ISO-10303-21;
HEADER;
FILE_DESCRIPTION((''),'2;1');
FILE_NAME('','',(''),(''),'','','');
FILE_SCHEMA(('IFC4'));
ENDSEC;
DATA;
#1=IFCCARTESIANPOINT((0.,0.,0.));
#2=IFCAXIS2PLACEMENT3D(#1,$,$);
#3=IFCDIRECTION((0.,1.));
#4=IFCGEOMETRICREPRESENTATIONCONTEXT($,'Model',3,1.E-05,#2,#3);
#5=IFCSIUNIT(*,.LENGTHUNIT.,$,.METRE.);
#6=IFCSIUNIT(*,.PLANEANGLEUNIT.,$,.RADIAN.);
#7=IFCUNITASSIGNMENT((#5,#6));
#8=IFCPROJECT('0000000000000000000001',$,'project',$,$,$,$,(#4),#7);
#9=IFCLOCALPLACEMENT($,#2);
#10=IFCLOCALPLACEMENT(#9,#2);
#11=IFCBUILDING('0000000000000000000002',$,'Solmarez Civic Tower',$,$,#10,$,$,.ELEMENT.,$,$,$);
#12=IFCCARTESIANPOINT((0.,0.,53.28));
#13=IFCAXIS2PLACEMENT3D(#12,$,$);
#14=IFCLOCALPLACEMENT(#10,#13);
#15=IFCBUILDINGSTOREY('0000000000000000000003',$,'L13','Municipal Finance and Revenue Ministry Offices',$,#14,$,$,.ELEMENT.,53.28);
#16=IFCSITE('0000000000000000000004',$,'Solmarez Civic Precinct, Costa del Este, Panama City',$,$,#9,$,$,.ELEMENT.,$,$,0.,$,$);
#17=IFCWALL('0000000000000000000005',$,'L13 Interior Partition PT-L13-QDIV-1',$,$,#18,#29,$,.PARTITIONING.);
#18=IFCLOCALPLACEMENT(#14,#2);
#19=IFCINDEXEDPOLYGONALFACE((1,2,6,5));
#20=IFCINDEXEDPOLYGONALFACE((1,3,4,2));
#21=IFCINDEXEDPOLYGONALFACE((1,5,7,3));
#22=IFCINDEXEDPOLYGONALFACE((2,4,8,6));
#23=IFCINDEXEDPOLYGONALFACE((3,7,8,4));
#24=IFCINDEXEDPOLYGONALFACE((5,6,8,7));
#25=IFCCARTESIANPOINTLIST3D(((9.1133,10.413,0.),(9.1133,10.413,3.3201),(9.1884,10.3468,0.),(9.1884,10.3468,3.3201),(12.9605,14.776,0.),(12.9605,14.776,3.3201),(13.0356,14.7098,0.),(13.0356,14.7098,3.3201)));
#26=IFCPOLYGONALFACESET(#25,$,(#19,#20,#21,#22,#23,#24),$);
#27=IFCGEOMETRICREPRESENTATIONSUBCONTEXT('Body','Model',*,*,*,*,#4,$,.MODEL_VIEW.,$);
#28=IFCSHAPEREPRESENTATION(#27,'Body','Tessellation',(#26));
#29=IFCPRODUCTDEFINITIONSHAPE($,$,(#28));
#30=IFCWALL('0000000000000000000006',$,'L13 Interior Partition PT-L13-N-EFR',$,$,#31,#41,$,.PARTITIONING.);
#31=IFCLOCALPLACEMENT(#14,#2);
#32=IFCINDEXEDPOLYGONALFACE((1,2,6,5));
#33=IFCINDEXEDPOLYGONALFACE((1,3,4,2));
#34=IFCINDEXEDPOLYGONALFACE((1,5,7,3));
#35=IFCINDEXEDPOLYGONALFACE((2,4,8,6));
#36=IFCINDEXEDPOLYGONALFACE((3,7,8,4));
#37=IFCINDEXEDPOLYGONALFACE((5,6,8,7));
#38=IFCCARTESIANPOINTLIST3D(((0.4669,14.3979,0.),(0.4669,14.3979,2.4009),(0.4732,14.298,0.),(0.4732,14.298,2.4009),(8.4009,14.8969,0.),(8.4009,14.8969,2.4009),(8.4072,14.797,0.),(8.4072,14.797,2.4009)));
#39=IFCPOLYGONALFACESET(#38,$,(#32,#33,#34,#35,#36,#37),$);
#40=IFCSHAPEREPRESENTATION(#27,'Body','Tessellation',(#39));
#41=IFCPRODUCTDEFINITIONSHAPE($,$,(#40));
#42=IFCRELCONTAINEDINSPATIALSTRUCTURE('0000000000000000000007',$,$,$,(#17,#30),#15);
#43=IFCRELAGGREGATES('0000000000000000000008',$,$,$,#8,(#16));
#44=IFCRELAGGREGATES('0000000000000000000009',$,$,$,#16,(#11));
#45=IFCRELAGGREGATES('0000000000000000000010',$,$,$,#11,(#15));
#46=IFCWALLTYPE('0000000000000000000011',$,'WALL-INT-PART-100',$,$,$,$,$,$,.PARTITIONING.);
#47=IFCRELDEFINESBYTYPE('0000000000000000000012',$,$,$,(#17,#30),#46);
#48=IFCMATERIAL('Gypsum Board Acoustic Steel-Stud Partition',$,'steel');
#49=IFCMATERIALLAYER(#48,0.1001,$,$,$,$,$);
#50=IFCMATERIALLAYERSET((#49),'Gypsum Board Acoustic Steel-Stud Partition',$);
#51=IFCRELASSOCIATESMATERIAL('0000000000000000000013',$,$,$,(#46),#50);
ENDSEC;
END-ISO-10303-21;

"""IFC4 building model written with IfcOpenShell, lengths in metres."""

from ifc_helpers import new_model, si_unit, direction, frame, frame_2d, origin, place, context, subcontext, project, spatial, rectangle, extrude, material, layer, layer_set, type_object, element, save


model = new_model("IFC4")

# Units and contexts
model_context = context("Model", 3, precision=1e-05, world=origin(), true_north=direction((0.0, 1.0)))
body_context = subcontext(model_context, "Body", "Model", "MODEL_VIEW")
ifc_project = project(units=[si_unit("LENGTHUNIT", "METRE"), si_unit("PLANEANGLEUNIT", "RADIAN")], contexts=[model_context])

# Site, building, storey
site_placement = place(None, origin())
site = spatial("IfcSite", under=ifc_project, at=site_placement, Name="Solmarez Civic Precinct, Costa del Este, Panama City", CompositionType="ELEMENT", RefElevation=0.0)
building_placement = place(site_placement, origin())
building = spatial("IfcBuilding", under=site, at=building_placement, Name="Solmarez Civic Tower", CompositionType="ELEMENT")
storey_placement = place(building_placement, frame((0.0, 0.0, 53.28)))
storey = spatial("IfcBuildingStorey", under=building, at=storey_placement, Name="L13", Description="Municipal Finance and Revenue Ministry Offices", CompositionType="ELEMENT", Elevation=53.28)

# Walls
ifc_material_1 = material(Name="Gypsum Board Acoustic Steel-Stud Partition", Category="steel")
ifc_layer_1 = layer(ifc_material_1, 0.1001)
ifc_layer_set_1 = layer_set([ifc_layer_1], Name="Gypsum Board Acoustic Steel-Stud Partition")
wall_type_1 = type_object("IfcWallType", Name="WALL-INT-PART-100", PredefinedType="PARTITIONING", material=ifc_layer_set_1)
wall_1_placement = place(storey_placement, frame((9.1509, 10.3799, 0.0), z_axis=(0.0, 0.0, 1.0), x_axis=(0.661373, 0.750057, 0.0)))
element("IfcWall", 1, at=wall_1_placement, inside=storey, type_object=wall_type_1, Name="L13 Interior Partition PT-L13-QDIV-1", PredefinedType="PARTITIONING", context=body_context, shape_type="SweptSolid", body=[
    extrude(rectangle(XDim=5.8169, YDim=0.1001, at=frame_2d((2.9084, 0.0))), origin(), (0.0, 0.0, 1.0), 3.3201),
])
wall_2_placement = place(storey_placement, frame((8.4041, 14.8469, 0.0), z_axis=(0.0, 0.0, 1.0), x_axis=(-0.998028, -0.062772, 0.0)))
element("IfcWall", 2, at=wall_2_placement, inside=storey, type_object=wall_type_1, Name="L13 Interior Partition PT-L13-N-EFR", PredefinedType="PARTITIONING", context=body_context, shape_type="SweptSolid", body=[
    extrude(rectangle(XDim=7.9497, YDim=0.1001, at=frame_2d((3.9749, 0.0))), origin(), (0.0, 0.0, 1.0), 2.4009),
])

save(model, "model.ifc")
